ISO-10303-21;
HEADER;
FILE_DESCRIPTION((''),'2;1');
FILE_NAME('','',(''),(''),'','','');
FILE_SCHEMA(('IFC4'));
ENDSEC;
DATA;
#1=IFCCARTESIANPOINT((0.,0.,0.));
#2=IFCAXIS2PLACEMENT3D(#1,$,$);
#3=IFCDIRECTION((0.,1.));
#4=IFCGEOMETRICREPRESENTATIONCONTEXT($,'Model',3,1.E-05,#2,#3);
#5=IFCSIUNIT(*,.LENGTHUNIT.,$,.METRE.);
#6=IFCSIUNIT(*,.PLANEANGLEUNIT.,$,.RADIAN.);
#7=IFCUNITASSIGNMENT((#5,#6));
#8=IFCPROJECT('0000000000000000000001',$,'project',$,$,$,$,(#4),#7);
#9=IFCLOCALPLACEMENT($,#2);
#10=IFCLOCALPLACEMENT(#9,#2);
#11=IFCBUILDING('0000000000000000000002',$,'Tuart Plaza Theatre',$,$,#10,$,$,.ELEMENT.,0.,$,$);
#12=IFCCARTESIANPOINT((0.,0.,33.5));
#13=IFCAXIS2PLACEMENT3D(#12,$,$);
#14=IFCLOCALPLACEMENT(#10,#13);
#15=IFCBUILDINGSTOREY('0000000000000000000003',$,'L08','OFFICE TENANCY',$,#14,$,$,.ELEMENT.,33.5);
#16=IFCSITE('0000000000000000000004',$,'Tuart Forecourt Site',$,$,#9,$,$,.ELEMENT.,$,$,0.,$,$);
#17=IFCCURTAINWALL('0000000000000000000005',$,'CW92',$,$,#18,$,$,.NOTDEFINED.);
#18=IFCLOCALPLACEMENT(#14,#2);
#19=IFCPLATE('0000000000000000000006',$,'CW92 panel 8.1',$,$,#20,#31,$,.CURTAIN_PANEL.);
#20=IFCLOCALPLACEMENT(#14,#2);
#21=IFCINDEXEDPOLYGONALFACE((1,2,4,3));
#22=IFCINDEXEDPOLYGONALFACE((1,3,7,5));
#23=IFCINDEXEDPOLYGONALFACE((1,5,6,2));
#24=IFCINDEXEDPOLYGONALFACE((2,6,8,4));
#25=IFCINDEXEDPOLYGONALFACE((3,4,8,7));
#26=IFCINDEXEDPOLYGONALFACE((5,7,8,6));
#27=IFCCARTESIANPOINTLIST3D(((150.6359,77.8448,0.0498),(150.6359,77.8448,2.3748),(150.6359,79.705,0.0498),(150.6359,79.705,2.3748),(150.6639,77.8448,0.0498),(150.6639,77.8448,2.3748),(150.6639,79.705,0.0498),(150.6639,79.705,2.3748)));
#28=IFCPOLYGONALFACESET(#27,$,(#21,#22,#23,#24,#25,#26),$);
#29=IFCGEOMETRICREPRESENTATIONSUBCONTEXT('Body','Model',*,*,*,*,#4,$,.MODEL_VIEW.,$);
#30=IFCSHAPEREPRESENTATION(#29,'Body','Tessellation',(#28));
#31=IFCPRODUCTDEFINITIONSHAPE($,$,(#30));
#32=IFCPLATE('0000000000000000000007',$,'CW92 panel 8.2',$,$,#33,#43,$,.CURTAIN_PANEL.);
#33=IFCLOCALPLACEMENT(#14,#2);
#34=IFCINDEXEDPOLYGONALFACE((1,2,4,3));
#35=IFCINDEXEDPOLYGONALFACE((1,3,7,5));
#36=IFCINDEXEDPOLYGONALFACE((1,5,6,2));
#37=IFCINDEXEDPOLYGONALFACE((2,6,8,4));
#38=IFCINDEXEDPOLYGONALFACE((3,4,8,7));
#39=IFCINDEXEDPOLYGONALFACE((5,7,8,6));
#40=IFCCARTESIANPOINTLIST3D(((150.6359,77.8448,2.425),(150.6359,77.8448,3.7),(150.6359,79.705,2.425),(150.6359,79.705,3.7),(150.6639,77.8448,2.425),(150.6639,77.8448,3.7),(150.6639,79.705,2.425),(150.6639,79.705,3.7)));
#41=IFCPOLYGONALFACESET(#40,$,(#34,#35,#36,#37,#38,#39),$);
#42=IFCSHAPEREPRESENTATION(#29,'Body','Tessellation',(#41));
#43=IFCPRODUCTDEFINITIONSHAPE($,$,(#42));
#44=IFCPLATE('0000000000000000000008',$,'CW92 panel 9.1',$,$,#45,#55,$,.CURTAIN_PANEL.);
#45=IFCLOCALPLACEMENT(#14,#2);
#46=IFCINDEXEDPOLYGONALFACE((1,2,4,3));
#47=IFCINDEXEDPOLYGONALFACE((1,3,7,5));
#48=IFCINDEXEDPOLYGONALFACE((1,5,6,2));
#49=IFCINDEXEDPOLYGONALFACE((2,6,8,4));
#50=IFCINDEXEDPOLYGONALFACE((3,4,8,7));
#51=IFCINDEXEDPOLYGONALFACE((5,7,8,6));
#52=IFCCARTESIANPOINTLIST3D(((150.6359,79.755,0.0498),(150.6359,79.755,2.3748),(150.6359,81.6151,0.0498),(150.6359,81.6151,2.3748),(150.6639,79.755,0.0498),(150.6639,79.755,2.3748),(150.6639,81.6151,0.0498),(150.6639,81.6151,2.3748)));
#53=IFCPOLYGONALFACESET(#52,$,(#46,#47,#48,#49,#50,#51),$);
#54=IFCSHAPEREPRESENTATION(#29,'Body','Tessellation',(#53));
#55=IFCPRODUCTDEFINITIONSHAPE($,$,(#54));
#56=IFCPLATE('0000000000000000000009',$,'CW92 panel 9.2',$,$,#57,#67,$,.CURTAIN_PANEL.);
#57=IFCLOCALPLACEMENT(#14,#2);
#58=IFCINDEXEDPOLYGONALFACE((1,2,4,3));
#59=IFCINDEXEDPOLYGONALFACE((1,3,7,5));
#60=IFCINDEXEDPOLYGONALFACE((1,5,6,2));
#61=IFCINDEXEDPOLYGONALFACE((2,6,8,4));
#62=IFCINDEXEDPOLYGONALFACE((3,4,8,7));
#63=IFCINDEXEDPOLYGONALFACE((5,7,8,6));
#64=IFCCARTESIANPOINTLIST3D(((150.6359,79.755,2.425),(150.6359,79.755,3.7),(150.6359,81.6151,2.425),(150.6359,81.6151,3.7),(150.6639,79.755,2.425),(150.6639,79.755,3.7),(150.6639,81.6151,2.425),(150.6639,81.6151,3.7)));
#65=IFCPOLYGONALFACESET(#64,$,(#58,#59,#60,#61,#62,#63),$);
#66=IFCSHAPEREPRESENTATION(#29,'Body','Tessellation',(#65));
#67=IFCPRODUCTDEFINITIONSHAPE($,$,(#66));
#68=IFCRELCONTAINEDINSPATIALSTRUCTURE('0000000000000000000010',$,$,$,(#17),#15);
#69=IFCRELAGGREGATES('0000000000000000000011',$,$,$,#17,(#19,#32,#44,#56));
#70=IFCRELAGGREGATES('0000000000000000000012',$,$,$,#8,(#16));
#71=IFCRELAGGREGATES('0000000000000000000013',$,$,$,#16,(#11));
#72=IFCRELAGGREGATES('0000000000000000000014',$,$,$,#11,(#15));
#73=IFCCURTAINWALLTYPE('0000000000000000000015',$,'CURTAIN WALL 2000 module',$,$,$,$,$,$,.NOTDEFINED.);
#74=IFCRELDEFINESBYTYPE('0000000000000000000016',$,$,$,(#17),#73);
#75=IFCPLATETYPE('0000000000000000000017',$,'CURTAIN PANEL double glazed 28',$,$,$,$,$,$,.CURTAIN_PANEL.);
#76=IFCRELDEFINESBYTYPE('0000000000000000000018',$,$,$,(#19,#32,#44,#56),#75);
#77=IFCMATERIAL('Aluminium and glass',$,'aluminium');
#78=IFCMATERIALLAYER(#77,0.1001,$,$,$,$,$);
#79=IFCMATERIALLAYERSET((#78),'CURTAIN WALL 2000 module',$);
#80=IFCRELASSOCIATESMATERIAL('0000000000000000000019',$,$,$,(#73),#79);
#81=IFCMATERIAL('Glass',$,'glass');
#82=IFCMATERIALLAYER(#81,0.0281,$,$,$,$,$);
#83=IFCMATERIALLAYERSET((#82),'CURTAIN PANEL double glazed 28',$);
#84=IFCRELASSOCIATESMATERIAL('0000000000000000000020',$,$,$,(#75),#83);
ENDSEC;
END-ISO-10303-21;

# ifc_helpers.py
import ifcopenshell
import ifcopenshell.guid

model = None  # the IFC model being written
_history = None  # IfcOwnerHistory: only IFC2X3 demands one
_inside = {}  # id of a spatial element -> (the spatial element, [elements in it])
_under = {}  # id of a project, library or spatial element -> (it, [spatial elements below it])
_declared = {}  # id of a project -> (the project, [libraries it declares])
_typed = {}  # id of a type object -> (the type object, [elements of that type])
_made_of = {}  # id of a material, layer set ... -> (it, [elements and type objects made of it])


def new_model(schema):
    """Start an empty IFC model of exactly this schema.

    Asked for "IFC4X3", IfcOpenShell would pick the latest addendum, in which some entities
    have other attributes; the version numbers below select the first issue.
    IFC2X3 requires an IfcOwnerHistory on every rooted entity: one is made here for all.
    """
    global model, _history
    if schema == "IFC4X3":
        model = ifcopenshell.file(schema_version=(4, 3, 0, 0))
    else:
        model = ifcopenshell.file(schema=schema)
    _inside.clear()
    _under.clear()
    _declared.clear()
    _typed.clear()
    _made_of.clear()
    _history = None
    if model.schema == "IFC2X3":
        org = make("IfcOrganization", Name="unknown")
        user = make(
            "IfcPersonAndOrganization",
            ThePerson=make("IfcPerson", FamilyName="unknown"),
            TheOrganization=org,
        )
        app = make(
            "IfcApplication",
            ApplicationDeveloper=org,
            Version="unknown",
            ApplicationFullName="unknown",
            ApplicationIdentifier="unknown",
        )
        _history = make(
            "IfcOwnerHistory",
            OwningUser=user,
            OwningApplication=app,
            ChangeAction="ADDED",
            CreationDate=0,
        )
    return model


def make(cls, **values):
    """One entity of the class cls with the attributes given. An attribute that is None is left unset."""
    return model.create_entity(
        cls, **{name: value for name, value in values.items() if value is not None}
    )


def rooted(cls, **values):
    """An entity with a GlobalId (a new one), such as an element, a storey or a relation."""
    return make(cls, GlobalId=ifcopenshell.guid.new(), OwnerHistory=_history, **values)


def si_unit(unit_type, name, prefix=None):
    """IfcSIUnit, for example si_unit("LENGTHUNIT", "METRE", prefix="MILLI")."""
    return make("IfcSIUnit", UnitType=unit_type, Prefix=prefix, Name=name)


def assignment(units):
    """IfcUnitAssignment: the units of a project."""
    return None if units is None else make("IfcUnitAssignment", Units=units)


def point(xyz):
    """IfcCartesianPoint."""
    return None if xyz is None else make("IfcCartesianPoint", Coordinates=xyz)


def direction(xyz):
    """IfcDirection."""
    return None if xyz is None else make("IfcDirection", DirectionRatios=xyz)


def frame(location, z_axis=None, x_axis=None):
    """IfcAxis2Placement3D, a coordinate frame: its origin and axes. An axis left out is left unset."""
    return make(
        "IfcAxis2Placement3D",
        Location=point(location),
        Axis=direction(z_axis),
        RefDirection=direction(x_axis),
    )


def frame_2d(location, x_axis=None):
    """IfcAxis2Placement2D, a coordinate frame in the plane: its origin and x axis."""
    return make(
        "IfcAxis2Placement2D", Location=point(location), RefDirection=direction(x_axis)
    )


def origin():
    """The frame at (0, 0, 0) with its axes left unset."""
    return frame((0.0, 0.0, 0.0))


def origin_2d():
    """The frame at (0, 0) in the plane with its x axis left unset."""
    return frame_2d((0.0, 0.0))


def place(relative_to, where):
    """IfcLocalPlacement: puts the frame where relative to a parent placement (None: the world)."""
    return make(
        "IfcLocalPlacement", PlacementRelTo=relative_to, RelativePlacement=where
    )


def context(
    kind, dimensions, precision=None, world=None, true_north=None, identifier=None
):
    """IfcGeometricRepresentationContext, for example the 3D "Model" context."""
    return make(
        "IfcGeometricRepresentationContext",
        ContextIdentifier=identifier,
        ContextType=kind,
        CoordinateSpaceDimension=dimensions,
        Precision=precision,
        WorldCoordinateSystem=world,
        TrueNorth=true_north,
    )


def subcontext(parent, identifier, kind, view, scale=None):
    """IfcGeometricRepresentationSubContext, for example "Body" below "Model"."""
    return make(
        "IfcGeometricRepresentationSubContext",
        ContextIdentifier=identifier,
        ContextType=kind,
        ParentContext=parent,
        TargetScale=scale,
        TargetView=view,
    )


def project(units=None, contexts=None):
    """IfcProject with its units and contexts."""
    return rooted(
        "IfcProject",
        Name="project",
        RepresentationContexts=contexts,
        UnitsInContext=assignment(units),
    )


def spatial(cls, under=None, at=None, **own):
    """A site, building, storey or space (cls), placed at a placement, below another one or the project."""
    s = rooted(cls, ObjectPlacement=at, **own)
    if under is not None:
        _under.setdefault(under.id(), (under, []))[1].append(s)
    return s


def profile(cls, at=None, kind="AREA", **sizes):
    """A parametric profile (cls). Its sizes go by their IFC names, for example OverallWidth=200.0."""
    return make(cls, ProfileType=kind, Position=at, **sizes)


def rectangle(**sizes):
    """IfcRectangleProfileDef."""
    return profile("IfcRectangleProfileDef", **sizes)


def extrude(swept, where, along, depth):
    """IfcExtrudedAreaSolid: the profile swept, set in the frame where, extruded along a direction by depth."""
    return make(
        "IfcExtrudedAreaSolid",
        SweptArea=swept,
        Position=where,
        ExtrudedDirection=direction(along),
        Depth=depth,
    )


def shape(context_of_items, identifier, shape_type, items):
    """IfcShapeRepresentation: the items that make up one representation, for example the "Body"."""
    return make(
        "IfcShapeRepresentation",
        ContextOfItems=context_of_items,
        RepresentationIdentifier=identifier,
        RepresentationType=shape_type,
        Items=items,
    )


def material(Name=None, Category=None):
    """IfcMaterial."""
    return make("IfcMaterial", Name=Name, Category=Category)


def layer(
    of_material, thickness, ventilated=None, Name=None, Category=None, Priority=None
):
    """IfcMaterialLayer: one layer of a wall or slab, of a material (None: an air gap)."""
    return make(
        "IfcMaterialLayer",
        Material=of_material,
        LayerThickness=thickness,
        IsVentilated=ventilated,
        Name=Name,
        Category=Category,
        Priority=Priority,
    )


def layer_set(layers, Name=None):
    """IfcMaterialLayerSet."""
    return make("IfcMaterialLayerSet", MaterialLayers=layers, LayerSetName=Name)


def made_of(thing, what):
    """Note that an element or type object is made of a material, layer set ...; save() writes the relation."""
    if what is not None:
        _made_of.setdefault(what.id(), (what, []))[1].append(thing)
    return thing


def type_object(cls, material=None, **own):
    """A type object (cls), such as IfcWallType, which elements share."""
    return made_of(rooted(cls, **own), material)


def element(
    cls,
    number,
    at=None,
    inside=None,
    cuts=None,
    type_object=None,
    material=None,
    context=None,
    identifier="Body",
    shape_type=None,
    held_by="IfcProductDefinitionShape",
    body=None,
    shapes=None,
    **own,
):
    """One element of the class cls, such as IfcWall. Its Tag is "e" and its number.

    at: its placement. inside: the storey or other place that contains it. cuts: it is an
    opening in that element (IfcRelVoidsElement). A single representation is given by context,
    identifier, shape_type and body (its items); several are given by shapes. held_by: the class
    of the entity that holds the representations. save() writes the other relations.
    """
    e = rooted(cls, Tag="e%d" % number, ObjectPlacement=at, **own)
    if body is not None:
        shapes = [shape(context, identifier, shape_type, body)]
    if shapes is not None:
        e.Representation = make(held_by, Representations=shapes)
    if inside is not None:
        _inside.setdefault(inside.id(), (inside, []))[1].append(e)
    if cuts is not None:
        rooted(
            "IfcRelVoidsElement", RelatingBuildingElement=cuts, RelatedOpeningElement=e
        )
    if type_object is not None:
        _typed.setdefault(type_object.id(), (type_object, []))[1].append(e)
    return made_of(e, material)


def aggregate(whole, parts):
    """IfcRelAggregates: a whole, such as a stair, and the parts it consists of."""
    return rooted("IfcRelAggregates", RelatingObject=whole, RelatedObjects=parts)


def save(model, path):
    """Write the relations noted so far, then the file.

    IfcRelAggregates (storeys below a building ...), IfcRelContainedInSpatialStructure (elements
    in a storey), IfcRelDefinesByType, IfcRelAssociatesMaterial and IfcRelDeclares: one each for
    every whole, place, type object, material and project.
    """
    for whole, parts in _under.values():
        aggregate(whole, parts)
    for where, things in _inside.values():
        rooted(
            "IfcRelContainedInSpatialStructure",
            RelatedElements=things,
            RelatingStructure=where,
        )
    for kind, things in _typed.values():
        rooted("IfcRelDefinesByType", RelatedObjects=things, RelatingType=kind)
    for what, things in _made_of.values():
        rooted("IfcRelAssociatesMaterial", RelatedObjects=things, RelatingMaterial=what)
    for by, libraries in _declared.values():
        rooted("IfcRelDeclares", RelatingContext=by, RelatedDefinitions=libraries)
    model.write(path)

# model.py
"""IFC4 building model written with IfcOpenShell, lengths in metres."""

from ifc_helpers import new_model, si_unit, direction, frame, origin, origin_2d, place, context, subcontext, project, spatial, rectangle, extrude, material, layer, layer_set, type_object, element, aggregate, save


model = new_model("IFC4")

# Units and contexts
model_context = context("Model", 3, precision=1e-05, world=origin(), true_north=direction((0.0, 1.0)))
body_context = subcontext(model_context, "Body", "Model", "MODEL_VIEW")
ifc_project = project(units=[si_unit("LENGTHUNIT", "METRE"), si_unit("PLANEANGLEUNIT", "RADIAN")], contexts=[model_context])

# Site, building, storey
site_placement = place(None, origin())
site = spatial("IfcSite", under=ifc_project, at=site_placement, Name="Tuart Forecourt Site", CompositionType="ELEMENT", RefElevation=0.0)
building_placement = place(site_placement, origin())
building = spatial("IfcBuilding", under=site, at=building_placement, Name="Tuart Plaza Theatre", CompositionType="ELEMENT", ElevationOfRefHeight=0.0)
storey_placement = place(building_placement, frame((0.0, 0.0, 33.5)))
storey = spatial("IfcBuildingStorey", under=building, at=storey_placement, Name="L08", Description="OFFICE TENANCY", CompositionType="ELEMENT", Elevation=33.5)

# Curtain wall, plates
ifc_material_1 = material(Name="Aluminium and glass", Category="aluminium")
ifc_layer_1 = layer(ifc_material_1, 0.1001)
ifc_layer_set_1 = layer_set([ifc_layer_1], Name="CURTAIN WALL 2000 module")
curtain_wall_type = type_object("IfcCurtainWallType", Name="CURTAIN WALL 2000 module", PredefinedType="NOTDEFINED", material=ifc_layer_set_1)
curtain_wall_placement = place(storey_placement, origin())
curtain_wall = element("IfcCurtainWall", 1, at=curtain_wall_placement, inside=storey, type_object=curtain_wall_type, Name="CW92", PredefinedType="NOTDEFINED")
ifc_material_2 = material(Name="Glass", Category="glass")
ifc_layer_2 = layer(ifc_material_2, 0.0281)
ifc_layer_set_2 = layer_set([ifc_layer_2], Name="CURTAIN PANEL double glazed 28")
plate_type = type_object("IfcPlateType", Name="CURTAIN PANEL double glazed 28", PredefinedType="CURTAIN_PANEL", material=ifc_layer_set_2)
plate_1_placement = place(storey_placement, frame((150.6499, 78.7749, 0.0498), z_axis=(0.0, 0.0, 1.0), x_axis=(0.0, 1.0, 0.0)))
plate_1 = element("IfcPlate", 2, at=plate_1_placement, type_object=plate_type, Name="CW92 panel 8.1", PredefinedType="CURTAIN_PANEL", context=body_context, shape_type="SweptSolid", body=[
    extrude(rectangle(XDim=1.8601, YDim=0.0281, at=origin_2d()), origin(), (0.0, 0.0, 1.0), 2.325),
])
plate_2_placement = place(storey_placement, frame((150.6499, 78.7749, 2.425), z_axis=(0.0, 0.0, 1.0), x_axis=(0.0, 1.0, 0.0)))
plate_2 = element("IfcPlate", 3, at=plate_2_placement, type_object=plate_type, Name="CW92 panel 8.2", PredefinedType="CURTAIN_PANEL", context=body_context, shape_type="SweptSolid", body=[
    extrude(rectangle(XDim=1.8601, YDim=0.0281, at=origin_2d()), origin(), (0.0, 0.0, 1.0), 1.2749),
])
plate_3_placement = place(storey_placement, frame((150.6499, 80.6851, 0.0498), z_axis=(0.0, 0.0, 1.0), x_axis=(0.0, 1.0, 0.0)))
plate_3 = element("IfcPlate", 4, at=plate_3_placement, type_object=plate_type, Name="CW92 panel 9.1", PredefinedType="CURTAIN_PANEL", context=body_context, shape_type="SweptSolid", body=[
    extrude(rectangle(XDim=1.8601, YDim=0.0281, at=origin_2d()), origin(), (0.0, 0.0, 1.0), 2.325),
])
plate_4_placement = place(storey_placement, frame((150.6499, 80.6851, 2.425), z_axis=(0.0, 0.0, 1.0), x_axis=(0.0, 1.0, 0.0)))
plate_4 = element("IfcPlate", 5, at=plate_4_placement, type_object=plate_type, Name="CW92 panel 9.2", PredefinedType="CURTAIN_PANEL", context=body_context, shape_type="SweptSolid", body=[
    extrude(rectangle(XDim=1.8601, YDim=0.0281, at=origin_2d()), origin(), (0.0, 0.0, 1.0), 1.2749),
])
aggregate(curtain_wall, [plate_1, plate_2, plate_3, plate_4])

save(model, "model.ifc")
